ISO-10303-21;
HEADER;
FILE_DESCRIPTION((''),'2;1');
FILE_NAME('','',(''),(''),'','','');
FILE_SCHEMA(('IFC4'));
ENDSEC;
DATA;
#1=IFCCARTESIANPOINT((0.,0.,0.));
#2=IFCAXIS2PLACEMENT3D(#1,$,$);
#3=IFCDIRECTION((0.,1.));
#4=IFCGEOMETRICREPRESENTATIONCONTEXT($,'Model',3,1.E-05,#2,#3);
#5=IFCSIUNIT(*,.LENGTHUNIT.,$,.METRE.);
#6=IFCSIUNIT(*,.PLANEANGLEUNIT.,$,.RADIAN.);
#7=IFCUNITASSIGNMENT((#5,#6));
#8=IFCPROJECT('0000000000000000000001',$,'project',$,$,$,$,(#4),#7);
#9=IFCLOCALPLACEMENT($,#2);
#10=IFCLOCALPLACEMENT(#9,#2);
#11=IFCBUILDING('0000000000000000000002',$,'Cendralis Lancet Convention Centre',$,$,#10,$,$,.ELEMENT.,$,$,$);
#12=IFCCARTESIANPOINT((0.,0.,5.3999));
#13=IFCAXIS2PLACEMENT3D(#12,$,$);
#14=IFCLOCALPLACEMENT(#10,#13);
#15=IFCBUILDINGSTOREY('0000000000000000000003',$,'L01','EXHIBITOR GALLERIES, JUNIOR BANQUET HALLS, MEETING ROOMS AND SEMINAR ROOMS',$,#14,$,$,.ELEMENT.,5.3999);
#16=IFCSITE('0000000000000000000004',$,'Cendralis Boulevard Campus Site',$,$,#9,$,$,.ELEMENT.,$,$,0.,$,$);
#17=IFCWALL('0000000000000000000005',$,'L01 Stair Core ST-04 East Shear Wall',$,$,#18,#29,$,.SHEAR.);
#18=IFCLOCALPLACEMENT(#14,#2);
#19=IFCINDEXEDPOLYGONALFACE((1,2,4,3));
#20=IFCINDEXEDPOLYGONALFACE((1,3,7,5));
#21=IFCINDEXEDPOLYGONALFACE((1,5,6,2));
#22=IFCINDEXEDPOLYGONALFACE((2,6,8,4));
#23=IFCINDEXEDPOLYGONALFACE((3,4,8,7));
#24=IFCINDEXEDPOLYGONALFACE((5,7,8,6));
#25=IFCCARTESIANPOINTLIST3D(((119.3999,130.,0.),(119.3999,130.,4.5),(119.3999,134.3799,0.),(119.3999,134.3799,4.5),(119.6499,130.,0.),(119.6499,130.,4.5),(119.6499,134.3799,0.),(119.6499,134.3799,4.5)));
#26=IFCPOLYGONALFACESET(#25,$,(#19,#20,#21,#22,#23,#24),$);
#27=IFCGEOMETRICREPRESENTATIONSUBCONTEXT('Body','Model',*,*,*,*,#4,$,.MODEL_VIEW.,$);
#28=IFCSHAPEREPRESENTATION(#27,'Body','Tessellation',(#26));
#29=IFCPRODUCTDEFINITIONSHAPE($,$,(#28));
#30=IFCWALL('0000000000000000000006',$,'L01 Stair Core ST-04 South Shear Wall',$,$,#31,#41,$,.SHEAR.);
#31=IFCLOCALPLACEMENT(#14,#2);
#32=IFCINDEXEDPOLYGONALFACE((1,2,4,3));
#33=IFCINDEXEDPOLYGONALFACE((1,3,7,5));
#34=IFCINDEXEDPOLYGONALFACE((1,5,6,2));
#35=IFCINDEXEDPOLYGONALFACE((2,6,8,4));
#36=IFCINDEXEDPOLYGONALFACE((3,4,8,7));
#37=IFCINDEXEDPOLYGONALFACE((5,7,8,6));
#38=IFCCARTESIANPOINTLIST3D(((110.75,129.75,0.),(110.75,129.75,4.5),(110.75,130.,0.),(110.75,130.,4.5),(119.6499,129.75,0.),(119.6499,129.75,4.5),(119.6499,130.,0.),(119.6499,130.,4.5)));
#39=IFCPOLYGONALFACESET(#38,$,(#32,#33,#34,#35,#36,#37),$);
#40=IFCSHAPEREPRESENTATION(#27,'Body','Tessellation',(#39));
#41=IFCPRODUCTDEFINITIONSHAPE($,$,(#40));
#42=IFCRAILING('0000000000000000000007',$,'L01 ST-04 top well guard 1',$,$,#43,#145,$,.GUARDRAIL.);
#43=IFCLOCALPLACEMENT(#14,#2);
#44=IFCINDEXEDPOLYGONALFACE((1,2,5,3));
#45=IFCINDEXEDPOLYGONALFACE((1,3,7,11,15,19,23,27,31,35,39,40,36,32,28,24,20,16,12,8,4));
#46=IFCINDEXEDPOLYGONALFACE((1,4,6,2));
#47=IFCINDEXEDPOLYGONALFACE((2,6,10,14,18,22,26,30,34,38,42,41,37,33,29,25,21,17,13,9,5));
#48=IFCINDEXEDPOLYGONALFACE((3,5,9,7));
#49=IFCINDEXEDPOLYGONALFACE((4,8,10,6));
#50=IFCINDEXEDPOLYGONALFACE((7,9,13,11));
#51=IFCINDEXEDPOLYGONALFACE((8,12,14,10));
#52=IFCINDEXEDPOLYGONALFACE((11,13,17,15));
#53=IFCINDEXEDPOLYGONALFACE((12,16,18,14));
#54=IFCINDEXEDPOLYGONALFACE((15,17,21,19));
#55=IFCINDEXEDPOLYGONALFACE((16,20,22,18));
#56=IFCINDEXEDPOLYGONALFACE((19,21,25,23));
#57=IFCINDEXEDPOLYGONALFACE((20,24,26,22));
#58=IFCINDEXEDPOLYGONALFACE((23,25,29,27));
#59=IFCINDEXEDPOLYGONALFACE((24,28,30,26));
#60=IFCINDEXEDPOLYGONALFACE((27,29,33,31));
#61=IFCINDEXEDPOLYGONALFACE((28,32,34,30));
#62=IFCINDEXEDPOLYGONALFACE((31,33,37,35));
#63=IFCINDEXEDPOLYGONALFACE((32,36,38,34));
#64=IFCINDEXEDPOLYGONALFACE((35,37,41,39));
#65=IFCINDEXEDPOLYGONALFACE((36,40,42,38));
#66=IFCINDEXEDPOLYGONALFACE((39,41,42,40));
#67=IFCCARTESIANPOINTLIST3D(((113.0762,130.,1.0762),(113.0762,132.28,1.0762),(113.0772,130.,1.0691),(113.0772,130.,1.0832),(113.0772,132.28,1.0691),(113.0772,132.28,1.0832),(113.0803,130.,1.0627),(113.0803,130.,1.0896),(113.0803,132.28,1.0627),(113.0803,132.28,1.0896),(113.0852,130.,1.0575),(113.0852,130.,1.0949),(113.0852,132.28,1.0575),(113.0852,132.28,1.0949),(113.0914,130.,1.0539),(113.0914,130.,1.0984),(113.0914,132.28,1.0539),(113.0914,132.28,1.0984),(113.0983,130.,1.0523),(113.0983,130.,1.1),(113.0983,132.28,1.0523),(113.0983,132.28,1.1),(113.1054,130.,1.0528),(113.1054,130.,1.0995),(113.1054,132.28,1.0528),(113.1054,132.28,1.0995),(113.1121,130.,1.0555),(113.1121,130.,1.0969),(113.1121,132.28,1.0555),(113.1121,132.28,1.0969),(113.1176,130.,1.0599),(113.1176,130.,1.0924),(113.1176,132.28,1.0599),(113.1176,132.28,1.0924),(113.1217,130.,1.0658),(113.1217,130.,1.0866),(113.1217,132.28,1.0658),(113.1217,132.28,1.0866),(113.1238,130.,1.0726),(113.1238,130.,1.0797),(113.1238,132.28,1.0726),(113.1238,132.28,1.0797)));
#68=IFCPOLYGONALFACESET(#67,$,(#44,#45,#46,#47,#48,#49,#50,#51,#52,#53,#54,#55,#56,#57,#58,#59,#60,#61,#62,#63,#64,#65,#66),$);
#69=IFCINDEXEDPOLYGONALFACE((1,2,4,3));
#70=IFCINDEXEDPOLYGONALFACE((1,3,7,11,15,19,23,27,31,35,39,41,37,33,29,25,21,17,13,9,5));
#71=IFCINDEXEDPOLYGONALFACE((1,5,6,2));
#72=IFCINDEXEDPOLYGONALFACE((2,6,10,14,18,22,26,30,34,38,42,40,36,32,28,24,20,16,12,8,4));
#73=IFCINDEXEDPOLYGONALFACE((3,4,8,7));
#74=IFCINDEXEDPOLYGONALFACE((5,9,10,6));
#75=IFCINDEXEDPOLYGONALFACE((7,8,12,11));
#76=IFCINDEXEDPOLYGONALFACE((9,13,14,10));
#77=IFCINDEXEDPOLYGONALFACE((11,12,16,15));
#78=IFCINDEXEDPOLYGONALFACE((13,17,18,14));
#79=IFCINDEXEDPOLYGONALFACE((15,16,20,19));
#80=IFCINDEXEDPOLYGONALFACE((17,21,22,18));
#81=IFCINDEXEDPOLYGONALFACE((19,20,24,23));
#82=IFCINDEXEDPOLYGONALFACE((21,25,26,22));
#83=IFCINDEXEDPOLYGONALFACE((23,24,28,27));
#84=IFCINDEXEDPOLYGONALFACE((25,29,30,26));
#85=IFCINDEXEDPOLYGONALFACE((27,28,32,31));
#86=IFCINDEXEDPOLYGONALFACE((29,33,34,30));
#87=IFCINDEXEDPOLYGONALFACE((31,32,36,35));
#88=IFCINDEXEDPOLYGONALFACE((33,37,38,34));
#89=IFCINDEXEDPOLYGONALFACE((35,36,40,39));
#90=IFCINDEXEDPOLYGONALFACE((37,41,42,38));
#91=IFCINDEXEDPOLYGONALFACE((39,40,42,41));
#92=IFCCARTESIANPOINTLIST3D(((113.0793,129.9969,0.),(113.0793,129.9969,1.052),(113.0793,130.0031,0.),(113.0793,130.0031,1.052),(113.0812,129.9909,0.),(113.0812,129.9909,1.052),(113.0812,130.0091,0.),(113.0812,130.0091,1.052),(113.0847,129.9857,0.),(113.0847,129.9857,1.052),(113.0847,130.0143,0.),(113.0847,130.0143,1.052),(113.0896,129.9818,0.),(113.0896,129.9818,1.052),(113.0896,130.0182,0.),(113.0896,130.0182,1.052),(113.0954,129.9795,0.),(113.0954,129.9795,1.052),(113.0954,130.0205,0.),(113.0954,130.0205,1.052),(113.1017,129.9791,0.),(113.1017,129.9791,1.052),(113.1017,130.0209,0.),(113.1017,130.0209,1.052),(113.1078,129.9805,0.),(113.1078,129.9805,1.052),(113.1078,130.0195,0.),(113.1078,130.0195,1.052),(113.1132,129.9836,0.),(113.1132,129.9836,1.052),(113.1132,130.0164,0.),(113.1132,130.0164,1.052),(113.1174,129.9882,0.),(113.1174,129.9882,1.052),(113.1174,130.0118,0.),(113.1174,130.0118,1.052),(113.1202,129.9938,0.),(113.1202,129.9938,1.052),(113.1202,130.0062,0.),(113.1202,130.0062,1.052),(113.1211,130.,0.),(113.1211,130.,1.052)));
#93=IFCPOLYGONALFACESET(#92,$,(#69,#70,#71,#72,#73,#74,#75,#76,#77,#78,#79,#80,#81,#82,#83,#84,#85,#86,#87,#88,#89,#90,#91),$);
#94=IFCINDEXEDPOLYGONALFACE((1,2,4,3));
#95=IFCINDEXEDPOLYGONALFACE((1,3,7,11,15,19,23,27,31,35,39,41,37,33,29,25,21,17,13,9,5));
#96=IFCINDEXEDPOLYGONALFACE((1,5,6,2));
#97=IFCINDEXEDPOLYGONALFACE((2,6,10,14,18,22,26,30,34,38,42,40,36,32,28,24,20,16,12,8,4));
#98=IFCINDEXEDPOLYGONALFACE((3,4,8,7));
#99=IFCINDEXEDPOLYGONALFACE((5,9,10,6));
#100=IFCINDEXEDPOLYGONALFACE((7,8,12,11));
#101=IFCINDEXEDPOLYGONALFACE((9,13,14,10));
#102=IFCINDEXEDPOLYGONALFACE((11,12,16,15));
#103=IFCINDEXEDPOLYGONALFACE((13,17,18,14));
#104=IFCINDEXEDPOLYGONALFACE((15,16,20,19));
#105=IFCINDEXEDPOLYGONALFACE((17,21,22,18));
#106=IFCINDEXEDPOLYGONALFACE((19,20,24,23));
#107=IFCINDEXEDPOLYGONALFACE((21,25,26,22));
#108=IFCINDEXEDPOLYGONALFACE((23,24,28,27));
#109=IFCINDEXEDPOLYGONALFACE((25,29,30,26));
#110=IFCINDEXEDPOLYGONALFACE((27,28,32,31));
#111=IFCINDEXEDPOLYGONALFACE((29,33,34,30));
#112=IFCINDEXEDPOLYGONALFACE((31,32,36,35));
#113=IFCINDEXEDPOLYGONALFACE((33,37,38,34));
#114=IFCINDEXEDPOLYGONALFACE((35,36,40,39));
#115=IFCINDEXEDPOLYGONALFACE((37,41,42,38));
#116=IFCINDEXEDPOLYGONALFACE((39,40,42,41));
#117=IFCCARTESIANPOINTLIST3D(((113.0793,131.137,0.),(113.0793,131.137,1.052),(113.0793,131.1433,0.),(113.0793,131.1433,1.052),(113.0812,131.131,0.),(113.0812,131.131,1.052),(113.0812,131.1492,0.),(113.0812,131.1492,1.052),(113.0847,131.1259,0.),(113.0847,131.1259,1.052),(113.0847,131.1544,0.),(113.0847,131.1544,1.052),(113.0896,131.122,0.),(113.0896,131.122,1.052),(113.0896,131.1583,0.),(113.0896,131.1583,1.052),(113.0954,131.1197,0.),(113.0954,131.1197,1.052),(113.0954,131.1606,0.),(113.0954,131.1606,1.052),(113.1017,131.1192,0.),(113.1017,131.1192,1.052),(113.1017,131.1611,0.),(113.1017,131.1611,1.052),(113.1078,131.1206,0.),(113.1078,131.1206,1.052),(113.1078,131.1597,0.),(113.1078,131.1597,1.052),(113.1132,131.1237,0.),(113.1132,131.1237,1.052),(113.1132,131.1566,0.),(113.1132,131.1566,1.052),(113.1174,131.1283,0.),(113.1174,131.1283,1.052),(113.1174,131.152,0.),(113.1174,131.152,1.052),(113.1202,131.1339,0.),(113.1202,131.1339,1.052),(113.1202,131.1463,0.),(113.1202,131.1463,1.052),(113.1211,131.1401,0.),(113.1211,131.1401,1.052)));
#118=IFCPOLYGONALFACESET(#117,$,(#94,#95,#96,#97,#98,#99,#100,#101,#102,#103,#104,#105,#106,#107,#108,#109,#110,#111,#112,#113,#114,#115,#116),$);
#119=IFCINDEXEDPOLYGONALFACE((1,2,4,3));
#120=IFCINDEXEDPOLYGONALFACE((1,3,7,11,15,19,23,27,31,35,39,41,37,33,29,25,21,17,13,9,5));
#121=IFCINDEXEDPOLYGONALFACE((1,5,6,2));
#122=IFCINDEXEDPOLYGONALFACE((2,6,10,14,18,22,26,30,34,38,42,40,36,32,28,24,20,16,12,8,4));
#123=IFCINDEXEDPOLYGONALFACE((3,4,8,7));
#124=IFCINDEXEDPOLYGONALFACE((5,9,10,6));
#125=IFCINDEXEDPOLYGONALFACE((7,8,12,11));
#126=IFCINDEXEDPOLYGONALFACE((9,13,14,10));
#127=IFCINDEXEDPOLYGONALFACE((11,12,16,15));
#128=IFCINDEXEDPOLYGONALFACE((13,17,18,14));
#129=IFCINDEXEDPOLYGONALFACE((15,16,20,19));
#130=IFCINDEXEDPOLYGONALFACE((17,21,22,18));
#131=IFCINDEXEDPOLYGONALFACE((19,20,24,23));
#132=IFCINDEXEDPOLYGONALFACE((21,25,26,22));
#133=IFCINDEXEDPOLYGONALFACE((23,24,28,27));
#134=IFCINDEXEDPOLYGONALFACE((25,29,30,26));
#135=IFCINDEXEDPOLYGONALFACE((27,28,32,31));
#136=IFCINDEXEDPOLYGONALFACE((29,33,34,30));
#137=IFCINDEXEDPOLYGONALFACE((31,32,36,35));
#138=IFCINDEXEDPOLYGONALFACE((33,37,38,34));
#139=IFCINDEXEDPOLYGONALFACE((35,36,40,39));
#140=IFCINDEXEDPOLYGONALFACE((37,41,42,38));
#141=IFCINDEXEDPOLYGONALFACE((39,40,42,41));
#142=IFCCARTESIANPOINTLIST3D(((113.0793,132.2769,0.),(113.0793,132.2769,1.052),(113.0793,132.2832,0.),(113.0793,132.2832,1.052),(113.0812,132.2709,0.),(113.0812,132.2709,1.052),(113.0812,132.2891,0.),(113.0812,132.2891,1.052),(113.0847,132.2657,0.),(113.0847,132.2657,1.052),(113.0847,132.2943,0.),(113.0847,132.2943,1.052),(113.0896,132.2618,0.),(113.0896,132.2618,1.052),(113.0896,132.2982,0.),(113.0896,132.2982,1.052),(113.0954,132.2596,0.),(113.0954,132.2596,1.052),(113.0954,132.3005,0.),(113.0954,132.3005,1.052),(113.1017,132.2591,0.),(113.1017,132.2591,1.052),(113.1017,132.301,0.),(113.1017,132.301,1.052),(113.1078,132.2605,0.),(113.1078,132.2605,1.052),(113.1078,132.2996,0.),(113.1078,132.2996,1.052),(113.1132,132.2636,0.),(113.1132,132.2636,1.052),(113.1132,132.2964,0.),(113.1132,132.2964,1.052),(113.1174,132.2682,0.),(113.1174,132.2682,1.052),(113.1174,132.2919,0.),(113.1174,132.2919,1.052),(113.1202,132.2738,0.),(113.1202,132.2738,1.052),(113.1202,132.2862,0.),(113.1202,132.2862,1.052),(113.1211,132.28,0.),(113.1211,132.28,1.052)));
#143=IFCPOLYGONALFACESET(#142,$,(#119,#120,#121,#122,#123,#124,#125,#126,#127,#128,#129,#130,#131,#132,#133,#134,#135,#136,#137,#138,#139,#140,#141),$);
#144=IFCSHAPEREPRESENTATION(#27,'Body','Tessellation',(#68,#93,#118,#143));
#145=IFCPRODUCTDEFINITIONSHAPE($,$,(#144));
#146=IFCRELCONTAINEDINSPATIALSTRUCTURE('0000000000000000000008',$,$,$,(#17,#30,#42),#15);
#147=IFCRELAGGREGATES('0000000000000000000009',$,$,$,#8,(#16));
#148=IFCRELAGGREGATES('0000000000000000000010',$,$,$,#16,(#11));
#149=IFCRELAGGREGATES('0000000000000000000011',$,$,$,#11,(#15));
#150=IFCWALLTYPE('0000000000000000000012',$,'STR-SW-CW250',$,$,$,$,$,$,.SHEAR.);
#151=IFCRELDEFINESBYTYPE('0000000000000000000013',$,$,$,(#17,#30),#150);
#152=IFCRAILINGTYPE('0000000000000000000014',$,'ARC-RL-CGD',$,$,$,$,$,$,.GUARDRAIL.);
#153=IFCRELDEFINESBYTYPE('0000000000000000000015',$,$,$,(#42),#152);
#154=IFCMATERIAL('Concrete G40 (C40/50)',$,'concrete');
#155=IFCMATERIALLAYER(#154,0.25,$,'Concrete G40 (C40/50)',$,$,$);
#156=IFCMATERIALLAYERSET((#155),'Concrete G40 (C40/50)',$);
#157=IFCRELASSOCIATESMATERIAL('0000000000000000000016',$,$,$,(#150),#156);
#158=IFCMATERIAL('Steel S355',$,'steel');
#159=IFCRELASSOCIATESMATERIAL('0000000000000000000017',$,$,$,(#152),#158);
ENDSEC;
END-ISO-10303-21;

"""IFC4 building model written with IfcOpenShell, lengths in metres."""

from ifc_helpers import new_model, si_unit, direction, frame, frame_2d, origin, origin_2d, place, context, subcontext, project, spatial, rectangle, circle, extrude, material, layer, layer_set, type_object, element, save


model = new_model("IFC4")

# Units and contexts
model_context = context("Model", 3, precision=1e-05, world=origin(), true_north=direction((0.0, 1.0)))
body_context = subcontext(model_context, "Body", "Model", "MODEL_VIEW")
ifc_project = project(units=[si_unit("LENGTHUNIT", "METRE"), si_unit("PLANEANGLEUNIT", "RADIAN")], contexts=[model_context])

# Site, building, storey
site_placement = place(None, origin())
site = spatial("IfcSite", under=ifc_project, at=site_placement, Name="Cendralis Boulevard Campus Site", CompositionType="ELEMENT", RefElevation=0.0)
building_placement = place(site_placement, origin())
building = spatial("IfcBuilding", under=site, at=building_placement, Name="Cendralis Lancet Convention Centre", CompositionType="ELEMENT")
storey_placement = place(building_placement, frame((0.0, 0.0, 5.3999)))
storey = spatial("IfcBuildingStorey", under=building, at=storey_placement, Name="L01", Description="EXHIBITOR GALLERIES, JUNIOR BANQUET HALLS, MEETING ROOMS AND SEMINAR ROOMS", CompositionType="ELEMENT", Elevation=5.3999)

# Shared definitions
ifc_material_1 = material(Name="Concrete G40 (C40/50)", Category="concrete")
ifc_material_2 = material(Name="Steel S355", Category="steel")

# Shared definitions
ifc_layer_1 = layer(ifc_material_1, 0.25, Name="Concrete G40 (C40/50)")
ifc_layer_set_1 = layer_set([ifc_layer_1], Name="Concrete G40 (C40/50)")
wall_type_1 = type_object("IfcWallType", Name="STR-SW-CW250", PredefinedType="SHEAR", material=ifc_layer_set_1)

# Walls
wall_1_placement = place(storey_placement, frame((119.5249, 130.0, 0.0), z_axis=(0.0, 0.0, 1.0), x_axis=(0.0, 1.0, 0.0)))
element("IfcWall", 1, at=wall_1_placement, inside=storey, type_object=wall_type_1, Name="L01 Stair Core ST-04 East Shear Wall", PredefinedType="SHEAR", context=body_context, shape_type="SweptSolid", body=[
    extrude(rectangle(XDim=4.3799, YDim=0.25, at=frame_2d((2.1899, 0.0))), origin(), (0.0, 0.0, 1.0), 4.5),
])
wall_2_placement = place(storey_placement, frame((110.75, 129.875, 0.0), z_axis=(0.0, 0.0, 1.0), x_axis=(1.0, 0.0, 0.0)))
element("IfcWall", 2, at=wall_2_placement, inside=storey, type_object=wall_type_1, Name="L01 Stair Core ST-04 South Shear Wall", PredefinedType="SHEAR", context=body_context, shape_type="SweptSolid", body=[
    extrude(rectangle(XDim=8.8999, YDim=0.25, at=frame_2d((4.45, 0.0))), origin(), (0.0, 0.0, 1.0), 4.5),
])

# Railing
railing_type_1 = type_object("IfcRailingType", Name="ARC-RL-CGD", PredefinedType="GUARDRAIL", material=ifc_material_2)
railing_1_placement = place(storey_placement, frame((113.1001, 130.0, 0.0)))
element("IfcRailing", 3, at=railing_1_placement, inside=storey, type_object=railing_type_1, Name="L01 ST-04 top well guard 1", PredefinedType="GUARDRAIL", context=body_context, shape_type="SweptSolid", body=[
    extrude(circle(Radius=0.0239, at=origin_2d()), frame((0.0, 0.0, 1.0762), z_axis=(0.0, 1.0, 0.0), x_axis=(-1.0, 0.0, 0.0)), (0.0, 0.0, 1.0), 2.28),
    extrude(circle(Radius=0.021, at=origin_2d()), origin(), (0.0, 0.0, 1.0), 1.052),
    extrude(circle(Radius=0.021, at=origin_2d()), frame((0.0, 1.1401, 0.0)), (0.0, 0.0, 1.0), 1.052),
    extrude(circle(Radius=0.021, at=origin_2d()), frame((0.0, 2.28, 0.0)), (0.0, 0.0, 1.0), 1.052),
])

save(model, "model.ifc")
